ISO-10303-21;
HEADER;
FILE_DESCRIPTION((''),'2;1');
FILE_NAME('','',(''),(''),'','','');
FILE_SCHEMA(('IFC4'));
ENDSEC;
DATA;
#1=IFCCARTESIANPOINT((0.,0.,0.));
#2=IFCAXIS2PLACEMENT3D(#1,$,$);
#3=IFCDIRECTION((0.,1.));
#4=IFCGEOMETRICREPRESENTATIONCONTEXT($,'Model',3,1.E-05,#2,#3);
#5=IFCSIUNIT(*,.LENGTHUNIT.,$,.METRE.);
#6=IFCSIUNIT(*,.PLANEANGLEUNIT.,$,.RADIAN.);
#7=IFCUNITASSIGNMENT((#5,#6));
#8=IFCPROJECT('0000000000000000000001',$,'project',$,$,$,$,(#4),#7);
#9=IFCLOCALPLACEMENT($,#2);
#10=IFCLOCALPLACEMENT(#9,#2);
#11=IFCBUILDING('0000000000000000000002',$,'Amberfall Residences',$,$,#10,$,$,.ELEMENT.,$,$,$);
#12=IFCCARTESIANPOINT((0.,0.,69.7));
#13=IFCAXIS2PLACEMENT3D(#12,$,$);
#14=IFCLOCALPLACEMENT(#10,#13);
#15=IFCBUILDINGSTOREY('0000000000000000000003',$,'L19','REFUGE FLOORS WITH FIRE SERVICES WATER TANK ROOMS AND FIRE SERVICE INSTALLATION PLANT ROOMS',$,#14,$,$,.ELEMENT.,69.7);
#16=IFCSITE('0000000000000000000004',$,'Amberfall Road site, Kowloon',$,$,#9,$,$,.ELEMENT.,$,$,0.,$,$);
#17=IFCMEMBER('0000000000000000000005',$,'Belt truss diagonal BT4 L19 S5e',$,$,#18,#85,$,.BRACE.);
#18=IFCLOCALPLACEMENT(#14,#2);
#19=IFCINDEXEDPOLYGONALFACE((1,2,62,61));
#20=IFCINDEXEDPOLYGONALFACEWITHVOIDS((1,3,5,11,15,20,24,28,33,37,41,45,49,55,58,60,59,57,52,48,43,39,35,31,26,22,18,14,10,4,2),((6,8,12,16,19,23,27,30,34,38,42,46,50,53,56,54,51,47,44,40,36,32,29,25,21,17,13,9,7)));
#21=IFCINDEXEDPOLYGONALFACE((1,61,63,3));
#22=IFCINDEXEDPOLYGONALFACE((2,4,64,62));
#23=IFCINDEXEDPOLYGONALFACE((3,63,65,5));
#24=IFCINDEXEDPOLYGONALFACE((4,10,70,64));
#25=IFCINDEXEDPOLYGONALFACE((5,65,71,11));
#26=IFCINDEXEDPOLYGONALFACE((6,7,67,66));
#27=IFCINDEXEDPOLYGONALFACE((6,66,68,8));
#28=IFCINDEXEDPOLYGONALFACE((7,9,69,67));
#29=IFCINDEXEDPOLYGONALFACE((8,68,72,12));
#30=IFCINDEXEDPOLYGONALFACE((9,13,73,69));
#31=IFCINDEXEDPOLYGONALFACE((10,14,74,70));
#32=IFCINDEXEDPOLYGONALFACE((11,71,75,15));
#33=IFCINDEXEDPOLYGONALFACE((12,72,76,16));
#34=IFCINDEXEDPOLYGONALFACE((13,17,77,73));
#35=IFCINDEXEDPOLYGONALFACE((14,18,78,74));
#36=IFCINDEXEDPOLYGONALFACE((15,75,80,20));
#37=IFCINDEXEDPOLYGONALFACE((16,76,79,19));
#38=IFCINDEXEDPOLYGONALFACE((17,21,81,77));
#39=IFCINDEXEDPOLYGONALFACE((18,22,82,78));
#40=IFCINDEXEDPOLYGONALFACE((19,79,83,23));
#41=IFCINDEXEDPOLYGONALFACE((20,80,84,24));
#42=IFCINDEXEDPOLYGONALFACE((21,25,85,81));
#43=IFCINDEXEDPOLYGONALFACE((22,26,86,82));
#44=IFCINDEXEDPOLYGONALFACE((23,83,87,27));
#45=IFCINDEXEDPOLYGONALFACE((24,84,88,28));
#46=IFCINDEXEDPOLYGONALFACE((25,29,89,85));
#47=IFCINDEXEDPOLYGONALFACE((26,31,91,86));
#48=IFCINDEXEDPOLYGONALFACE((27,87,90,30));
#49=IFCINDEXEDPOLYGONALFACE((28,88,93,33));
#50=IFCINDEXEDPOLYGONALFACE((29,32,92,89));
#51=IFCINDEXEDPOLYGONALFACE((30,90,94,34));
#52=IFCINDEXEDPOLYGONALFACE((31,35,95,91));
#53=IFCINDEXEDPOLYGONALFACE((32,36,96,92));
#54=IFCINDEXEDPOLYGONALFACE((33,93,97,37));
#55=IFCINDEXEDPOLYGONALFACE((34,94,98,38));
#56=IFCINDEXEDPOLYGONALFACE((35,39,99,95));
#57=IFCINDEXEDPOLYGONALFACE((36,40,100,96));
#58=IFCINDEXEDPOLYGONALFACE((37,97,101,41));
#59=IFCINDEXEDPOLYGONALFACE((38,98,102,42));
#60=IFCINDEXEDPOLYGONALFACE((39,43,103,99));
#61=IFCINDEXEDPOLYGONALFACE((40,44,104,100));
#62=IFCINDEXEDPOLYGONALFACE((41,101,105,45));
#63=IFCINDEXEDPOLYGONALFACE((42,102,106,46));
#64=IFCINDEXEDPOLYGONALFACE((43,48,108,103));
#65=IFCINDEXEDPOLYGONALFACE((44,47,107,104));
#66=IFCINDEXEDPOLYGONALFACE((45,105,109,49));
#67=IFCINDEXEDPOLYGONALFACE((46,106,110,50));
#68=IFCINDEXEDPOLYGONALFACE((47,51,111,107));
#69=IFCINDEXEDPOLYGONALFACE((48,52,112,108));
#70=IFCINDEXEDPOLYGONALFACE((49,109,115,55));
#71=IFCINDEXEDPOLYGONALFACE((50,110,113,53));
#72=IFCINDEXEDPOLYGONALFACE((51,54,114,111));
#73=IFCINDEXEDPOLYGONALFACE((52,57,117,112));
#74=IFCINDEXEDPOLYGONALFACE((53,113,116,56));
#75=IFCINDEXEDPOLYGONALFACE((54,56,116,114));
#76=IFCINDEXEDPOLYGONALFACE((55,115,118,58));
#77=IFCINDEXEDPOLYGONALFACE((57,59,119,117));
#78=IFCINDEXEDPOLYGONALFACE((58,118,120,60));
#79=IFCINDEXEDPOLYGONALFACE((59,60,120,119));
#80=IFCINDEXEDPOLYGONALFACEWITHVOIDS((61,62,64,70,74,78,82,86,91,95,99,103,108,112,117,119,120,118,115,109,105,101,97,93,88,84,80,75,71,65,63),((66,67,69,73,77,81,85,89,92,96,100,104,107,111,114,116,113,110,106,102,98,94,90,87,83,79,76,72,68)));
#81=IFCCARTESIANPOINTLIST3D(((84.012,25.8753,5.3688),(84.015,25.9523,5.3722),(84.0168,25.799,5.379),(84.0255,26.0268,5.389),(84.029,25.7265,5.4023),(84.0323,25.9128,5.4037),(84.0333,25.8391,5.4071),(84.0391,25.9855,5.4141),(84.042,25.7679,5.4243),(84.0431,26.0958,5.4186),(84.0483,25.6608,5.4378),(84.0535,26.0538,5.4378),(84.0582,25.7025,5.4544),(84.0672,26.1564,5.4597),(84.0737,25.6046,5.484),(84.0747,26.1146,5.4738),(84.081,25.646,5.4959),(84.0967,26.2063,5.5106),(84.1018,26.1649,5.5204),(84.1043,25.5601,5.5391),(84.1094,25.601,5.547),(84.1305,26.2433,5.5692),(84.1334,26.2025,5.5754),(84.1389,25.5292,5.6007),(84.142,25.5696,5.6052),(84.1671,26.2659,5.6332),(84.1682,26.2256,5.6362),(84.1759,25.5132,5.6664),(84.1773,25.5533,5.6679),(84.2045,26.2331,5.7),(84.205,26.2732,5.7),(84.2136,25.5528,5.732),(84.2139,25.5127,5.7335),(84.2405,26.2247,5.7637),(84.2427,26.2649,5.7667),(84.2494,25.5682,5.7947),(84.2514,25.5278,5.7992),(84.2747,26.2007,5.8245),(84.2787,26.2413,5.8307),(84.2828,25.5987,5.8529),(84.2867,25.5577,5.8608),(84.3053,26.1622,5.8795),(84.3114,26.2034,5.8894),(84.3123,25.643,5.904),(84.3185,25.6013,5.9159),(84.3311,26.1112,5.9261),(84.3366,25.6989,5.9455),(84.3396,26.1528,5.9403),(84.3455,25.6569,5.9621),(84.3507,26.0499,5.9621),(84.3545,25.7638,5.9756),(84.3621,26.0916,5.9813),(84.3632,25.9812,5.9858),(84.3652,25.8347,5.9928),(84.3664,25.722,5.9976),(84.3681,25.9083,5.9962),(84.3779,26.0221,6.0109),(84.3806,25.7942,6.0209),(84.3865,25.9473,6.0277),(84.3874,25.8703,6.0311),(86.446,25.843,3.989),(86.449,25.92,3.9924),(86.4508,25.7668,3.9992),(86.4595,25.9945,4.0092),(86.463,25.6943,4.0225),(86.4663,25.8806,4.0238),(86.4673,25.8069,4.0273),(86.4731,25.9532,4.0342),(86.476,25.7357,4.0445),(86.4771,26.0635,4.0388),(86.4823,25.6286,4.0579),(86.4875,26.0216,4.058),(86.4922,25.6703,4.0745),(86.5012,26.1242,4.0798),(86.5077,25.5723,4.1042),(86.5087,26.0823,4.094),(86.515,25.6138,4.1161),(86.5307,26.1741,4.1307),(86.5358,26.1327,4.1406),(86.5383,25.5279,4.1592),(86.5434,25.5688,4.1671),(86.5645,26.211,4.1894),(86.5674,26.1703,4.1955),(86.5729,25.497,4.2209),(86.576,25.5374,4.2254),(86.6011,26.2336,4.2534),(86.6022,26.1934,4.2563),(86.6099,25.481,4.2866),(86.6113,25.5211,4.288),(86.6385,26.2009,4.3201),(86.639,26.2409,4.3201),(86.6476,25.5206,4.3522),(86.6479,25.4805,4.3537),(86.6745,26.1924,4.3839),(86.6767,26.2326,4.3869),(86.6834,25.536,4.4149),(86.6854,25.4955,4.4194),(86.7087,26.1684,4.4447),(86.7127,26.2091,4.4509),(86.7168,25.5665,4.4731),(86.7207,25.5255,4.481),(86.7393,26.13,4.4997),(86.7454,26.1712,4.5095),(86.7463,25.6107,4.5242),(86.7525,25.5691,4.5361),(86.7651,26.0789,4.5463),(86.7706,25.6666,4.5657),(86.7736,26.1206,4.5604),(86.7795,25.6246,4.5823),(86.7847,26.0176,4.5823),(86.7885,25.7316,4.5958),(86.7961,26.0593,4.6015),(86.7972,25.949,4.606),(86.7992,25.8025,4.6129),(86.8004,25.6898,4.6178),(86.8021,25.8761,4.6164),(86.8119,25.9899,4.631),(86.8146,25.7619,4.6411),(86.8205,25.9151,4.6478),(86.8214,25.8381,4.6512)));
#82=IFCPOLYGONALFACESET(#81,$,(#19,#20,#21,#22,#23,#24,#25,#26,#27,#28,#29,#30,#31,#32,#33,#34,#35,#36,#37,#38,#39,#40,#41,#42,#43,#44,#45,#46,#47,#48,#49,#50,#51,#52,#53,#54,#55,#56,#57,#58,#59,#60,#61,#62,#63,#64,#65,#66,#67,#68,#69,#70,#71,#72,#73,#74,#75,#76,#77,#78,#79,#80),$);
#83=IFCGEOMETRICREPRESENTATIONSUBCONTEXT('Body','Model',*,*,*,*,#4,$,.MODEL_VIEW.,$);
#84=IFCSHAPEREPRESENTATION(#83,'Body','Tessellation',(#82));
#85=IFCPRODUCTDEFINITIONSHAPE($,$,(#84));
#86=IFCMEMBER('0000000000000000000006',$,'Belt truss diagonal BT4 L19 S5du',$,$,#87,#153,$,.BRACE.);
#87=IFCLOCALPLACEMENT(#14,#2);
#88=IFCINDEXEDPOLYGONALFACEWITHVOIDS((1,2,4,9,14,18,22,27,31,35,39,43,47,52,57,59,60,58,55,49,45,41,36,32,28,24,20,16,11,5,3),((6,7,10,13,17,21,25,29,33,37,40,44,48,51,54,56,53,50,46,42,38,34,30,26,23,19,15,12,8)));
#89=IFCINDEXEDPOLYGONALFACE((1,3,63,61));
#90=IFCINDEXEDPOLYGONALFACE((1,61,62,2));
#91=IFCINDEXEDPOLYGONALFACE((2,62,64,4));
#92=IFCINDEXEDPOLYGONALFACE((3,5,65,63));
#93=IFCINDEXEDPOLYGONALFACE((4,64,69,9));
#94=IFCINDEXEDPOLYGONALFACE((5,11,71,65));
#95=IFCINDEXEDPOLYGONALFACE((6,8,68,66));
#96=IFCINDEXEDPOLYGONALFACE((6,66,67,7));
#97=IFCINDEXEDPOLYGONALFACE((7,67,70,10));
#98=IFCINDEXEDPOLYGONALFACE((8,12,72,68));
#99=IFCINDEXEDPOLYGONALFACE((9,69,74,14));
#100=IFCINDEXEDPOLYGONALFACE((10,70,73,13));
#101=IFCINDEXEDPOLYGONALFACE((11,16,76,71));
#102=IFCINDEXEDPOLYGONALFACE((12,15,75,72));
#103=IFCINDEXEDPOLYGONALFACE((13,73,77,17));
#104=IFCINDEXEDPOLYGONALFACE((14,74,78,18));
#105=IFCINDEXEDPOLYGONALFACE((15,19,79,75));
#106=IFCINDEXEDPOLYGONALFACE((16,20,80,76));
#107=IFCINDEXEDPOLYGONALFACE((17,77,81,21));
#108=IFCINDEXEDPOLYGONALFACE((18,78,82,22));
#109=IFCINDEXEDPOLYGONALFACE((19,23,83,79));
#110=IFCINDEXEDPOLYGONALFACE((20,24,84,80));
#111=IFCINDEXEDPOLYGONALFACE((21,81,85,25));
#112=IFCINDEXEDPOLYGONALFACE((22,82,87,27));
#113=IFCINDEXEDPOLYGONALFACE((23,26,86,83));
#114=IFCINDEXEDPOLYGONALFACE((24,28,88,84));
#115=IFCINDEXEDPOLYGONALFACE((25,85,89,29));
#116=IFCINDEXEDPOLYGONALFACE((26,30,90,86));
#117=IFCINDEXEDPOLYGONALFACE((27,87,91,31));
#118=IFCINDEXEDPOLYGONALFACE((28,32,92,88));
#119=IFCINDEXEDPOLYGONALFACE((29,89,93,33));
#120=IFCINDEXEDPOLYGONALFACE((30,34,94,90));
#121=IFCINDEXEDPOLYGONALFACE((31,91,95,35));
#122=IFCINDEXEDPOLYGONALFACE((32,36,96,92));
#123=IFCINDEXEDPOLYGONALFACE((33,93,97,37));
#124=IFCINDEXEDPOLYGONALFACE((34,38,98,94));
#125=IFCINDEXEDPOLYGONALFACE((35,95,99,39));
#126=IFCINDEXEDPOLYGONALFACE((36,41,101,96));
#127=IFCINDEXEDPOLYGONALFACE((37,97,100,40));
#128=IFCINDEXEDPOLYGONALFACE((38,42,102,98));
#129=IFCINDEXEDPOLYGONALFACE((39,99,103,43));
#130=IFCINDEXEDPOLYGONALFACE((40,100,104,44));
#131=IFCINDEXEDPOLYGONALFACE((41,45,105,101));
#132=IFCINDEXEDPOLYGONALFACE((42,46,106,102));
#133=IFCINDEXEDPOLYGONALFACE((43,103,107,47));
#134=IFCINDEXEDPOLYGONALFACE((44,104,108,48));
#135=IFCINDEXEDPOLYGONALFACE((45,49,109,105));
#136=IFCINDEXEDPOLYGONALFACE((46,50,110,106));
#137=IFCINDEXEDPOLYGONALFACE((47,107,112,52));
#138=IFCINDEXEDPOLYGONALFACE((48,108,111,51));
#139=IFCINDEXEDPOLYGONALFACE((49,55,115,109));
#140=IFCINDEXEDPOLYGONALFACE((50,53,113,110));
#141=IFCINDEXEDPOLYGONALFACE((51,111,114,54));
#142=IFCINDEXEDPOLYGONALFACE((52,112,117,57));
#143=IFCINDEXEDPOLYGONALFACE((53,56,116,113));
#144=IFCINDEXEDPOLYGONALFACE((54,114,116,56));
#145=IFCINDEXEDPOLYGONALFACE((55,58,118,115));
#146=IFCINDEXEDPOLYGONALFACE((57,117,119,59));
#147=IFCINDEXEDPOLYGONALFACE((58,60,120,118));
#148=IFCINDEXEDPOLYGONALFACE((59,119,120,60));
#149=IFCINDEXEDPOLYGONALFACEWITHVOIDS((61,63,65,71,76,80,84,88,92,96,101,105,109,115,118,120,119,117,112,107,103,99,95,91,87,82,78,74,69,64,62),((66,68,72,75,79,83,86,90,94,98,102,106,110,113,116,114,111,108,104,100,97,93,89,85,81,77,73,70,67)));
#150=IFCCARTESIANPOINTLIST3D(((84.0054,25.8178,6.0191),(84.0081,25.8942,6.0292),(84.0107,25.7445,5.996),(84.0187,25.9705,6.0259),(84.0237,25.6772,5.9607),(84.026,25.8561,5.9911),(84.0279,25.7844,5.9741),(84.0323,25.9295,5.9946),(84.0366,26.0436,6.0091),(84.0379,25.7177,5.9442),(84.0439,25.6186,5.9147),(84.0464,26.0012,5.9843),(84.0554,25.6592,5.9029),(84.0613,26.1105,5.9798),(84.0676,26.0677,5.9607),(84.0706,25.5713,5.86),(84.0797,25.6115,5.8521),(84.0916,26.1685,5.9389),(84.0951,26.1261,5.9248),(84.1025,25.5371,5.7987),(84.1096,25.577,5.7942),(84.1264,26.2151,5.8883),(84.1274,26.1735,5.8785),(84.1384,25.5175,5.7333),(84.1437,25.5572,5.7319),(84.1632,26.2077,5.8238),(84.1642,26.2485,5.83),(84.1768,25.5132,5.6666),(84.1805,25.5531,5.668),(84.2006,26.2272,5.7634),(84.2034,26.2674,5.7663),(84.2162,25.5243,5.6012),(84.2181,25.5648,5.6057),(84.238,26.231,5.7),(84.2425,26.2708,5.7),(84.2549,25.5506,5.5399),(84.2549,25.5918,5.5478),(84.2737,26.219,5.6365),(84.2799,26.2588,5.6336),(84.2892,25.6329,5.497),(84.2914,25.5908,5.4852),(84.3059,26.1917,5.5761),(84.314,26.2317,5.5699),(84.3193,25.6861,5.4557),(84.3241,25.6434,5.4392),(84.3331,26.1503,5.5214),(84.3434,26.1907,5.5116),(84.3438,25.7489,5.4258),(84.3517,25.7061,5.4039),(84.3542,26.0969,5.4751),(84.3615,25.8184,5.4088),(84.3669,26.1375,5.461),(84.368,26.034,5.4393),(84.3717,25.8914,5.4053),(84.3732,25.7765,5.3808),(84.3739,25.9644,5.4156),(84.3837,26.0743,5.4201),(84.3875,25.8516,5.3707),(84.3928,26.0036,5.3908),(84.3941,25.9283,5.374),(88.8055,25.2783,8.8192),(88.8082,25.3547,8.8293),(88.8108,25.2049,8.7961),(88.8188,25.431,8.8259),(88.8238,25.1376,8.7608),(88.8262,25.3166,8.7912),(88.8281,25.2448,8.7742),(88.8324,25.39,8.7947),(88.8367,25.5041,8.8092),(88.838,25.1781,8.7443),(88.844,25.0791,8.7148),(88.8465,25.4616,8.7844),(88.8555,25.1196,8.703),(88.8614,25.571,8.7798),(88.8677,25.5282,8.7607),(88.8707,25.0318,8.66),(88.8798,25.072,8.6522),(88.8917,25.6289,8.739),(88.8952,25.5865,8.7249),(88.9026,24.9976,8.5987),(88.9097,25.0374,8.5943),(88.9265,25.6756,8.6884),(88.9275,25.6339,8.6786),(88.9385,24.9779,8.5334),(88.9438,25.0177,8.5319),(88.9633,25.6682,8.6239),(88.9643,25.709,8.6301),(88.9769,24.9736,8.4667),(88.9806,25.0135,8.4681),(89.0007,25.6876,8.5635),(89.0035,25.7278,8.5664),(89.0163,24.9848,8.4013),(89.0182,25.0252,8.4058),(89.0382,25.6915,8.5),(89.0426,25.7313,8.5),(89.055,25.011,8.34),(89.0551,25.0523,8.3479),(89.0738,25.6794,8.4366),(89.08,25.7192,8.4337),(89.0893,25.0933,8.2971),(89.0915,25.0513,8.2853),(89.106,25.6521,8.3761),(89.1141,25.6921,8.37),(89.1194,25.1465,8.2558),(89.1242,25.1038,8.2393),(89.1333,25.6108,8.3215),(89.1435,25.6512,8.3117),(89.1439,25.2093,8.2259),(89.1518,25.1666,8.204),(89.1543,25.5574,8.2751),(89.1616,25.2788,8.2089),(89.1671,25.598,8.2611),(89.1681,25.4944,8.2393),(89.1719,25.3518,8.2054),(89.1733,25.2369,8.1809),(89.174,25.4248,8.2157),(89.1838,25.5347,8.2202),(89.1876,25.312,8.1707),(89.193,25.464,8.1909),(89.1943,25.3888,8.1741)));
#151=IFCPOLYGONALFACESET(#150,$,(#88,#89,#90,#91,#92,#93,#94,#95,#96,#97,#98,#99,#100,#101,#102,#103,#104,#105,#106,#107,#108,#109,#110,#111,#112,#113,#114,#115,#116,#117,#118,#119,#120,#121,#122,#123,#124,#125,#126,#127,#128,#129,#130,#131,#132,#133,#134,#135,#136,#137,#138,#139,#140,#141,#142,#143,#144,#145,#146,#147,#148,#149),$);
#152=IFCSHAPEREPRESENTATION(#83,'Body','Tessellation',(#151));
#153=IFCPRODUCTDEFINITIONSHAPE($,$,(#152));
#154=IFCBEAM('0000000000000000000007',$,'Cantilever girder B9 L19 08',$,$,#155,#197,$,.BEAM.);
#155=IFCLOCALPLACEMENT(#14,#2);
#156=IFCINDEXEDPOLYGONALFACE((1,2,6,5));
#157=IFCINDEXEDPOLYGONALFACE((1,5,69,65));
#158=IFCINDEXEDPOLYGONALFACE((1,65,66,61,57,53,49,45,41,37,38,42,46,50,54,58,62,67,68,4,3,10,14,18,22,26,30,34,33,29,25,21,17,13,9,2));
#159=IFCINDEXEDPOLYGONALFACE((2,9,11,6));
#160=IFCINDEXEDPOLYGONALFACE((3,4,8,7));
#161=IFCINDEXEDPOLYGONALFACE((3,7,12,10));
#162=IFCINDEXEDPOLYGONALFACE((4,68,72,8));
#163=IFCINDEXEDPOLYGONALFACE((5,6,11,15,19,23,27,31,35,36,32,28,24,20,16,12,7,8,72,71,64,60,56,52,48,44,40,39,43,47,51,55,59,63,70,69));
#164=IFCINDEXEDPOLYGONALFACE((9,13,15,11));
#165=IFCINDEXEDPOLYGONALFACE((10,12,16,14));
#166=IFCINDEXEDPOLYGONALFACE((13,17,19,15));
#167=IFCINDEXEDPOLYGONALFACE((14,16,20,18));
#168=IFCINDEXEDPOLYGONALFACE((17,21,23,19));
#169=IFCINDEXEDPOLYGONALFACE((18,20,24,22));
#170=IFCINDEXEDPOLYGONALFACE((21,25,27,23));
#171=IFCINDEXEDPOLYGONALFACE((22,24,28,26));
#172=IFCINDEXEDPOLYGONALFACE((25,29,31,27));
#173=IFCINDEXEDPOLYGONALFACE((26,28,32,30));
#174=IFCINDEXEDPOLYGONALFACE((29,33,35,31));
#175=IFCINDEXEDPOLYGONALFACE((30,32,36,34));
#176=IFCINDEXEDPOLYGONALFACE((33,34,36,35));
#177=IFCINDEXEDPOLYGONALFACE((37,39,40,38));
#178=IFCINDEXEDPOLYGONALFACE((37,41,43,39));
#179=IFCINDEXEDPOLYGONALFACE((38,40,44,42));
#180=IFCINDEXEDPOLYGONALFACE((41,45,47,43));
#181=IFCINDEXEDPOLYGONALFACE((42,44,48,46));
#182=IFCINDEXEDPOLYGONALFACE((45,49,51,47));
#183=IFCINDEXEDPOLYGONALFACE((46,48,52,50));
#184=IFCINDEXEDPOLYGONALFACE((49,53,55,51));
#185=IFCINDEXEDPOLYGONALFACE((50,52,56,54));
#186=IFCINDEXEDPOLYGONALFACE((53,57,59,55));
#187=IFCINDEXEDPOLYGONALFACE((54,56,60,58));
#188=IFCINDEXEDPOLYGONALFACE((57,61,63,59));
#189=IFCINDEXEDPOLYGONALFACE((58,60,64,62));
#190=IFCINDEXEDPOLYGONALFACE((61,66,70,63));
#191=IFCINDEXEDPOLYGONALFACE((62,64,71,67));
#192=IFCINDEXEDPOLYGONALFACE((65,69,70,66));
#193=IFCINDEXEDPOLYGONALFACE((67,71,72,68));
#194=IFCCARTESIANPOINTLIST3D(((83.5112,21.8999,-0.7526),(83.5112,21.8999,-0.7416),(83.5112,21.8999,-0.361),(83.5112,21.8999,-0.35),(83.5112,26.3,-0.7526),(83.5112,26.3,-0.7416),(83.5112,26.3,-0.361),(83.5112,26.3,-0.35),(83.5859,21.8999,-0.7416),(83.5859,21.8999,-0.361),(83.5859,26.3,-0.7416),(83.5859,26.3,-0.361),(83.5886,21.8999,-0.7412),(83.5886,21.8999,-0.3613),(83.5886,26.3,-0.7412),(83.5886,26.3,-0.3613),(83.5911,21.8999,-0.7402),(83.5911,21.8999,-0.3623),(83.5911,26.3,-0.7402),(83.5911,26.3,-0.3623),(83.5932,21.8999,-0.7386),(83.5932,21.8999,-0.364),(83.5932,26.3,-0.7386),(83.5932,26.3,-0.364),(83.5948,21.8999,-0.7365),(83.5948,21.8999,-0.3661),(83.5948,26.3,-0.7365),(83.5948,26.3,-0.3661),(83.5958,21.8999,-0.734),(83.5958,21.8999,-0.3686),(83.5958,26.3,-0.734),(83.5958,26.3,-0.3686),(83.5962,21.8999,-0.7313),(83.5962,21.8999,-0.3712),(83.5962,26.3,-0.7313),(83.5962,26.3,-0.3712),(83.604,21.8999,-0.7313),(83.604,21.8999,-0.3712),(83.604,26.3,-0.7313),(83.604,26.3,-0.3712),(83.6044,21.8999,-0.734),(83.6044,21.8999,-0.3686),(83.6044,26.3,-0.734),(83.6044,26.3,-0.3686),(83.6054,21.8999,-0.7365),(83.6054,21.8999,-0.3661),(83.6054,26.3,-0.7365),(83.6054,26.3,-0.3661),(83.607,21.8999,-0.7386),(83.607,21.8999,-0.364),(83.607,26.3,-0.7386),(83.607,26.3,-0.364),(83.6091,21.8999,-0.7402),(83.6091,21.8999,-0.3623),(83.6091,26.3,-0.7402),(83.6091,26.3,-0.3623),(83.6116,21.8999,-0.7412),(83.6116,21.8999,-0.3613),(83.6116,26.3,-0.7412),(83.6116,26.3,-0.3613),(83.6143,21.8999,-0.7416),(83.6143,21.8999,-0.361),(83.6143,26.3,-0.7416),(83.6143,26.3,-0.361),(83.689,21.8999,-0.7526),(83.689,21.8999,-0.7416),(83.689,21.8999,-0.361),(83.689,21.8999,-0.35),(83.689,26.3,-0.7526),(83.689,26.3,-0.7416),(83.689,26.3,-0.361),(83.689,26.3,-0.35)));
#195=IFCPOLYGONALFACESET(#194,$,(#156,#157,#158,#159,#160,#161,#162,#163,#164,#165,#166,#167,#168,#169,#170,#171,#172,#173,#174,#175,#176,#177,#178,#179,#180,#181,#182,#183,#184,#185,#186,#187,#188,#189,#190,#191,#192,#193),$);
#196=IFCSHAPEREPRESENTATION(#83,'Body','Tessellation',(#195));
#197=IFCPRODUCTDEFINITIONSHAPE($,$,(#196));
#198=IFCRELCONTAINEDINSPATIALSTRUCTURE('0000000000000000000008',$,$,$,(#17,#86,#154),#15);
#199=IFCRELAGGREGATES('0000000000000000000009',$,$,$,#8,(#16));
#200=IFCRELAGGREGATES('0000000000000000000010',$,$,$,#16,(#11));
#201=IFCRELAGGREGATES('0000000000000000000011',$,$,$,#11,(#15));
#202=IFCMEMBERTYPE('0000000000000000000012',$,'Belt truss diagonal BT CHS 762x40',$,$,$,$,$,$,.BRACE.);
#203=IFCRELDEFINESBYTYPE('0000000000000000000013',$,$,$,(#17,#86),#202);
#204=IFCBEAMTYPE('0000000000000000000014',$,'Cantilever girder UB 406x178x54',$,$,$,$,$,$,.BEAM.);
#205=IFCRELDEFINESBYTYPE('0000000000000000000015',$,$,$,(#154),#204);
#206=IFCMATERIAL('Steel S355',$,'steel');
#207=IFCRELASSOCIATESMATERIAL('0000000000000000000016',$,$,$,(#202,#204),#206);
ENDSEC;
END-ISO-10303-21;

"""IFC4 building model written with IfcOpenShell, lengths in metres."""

from ifc_helpers import new_model, si_unit, direction, frame, origin, origin_2d, place, context, subcontext, project, spatial, hollow_circle, i_section, extrude, material, material_profile, profile_set, type_object, element, save


model = new_model("IFC4")

# Units and contexts
model_context = context("Model", 3, precision=1e-05, world=origin(), true_north=direction((0.0, 1.0)))
body_context = subcontext(model_context, "Body", "Model", "MODEL_VIEW")
ifc_project = project(units=[si_unit("LENGTHUNIT", "METRE"), si_unit("PLANEANGLEUNIT", "RADIAN")], contexts=[model_context])

# Site, building, storey
site_placement = place(None, origin())
site = spatial("IfcSite", under=ifc_project, at=site_placement, Name="Amberfall Road site, Kowloon", CompositionType="ELEMENT", RefElevation=0.0)
building_placement = place(site_placement, origin())
building = spatial("IfcBuilding", under=site, at=building_placement, Name="Amberfall Residences", CompositionType="ELEMENT")
storey_placement = place(building_placement, frame((0.0, 0.0, 69.7)))
storey = spatial("IfcBuildingStorey", under=building, at=storey_placement, Name="L19", Description="REFUGE FLOORS WITH FIRE SERVICES WATER TANK ROOMS AND FIRE SERVICE INSTALLATION PLANT ROOMS", CompositionType="ELEMENT", Elevation=69.7)

# Shared definitions
ifc_material_1 = material(Name="Steel S355", Category="steel")

# Members
ifc_material_profile_1 = material_profile(ifc_material_1, hollow_circle(Radius=0.3811, WallThickness=0.04, at=origin_2d()), Name="CHS 762x40")
ifc_profile_set_1 = profile_set([ifc_material_profile_1], Name="Steel S355")
member_type = type_object("IfcMemberType", Name="Belt truss diagonal BT CHS 762x40", PredefinedType="BRACE", material=ifc_profile_set_1)
member_1_placement = place(storey_placement, frame((84.2, 25.8921, 5.7), z_axis=(0.869877, -0.011517, -0.493134), x_axis=(0.013239, 0.999912, 0.0)))
element("IfcMember", 1, at=member_1_placement, inside=storey, type_object=member_type, Name="Belt truss diagonal BT4 L19 S5e", PredefinedType="BRACE", context=body_context, shape_type="SweptSolid", body=[
    extrude(hollow_circle(Radius=0.3811, WallThickness=0.04, at=origin_2d()), origin(), (0.0, 0.0, 1.0), 2.7981),
])
member_2_placement = place(storey_placement, frame((84.2, 25.8921, 5.7), z_axis=(0.859734, -0.096639, 0.501515), x_axis=(0.111702, 0.993742, 0.0)))
element("IfcMember", 2, at=member_2_placement, inside=storey, type_object=member_type, Name="Belt truss diagonal BT4 L19 S5du", PredefinedType="BRACE", context=body_context, shape_type="SweptSolid", body=[
    extrude(hollow_circle(Radius=0.3811, WallThickness=0.04, at=origin_2d()), origin(), (0.0, 0.0, 1.0), 5.5833),
])

# Beam
ifc_material_profile_2 = material_profile(ifc_material_1, i_section(OverallWidth=0.1777, OverallDepth=0.4026, WebThickness=0.0078, FlangeThickness=0.011, FilletRadius=0.0103, at=origin_2d()), Name="UB 406x178x54")
ifc_profile_set_2 = profile_set([ifc_material_profile_2], Name="Steel S355")
beam_type_1 = type_object("IfcBeamType", Name="Cantilever girder UB 406x178x54", PredefinedType="BEAM", material=ifc_profile_set_2)
beam_1_placement = place(storey_placement, frame((83.6001, 26.3, -0.5513), z_axis=(0.0, -1.0, 0.0), x_axis=(1.0, 0.0, 0.0)))
element("IfcBeam", 3, at=beam_1_placement, inside=storey, type_object=beam_type_1, Name="Cantilever girder B9 L19 08", PredefinedType="BEAM", context=body_context, shape_type="SweptSolid", body=[
    extrude(i_section(OverallWidth=0.1777, OverallDepth=0.4026, WebThickness=0.0078, FlangeThickness=0.011, FilletRadius=0.0103, at=origin_2d()), origin(), (0.0, 0.0, 1.0), 4.4001),
])

save(model, "model.ifc")
